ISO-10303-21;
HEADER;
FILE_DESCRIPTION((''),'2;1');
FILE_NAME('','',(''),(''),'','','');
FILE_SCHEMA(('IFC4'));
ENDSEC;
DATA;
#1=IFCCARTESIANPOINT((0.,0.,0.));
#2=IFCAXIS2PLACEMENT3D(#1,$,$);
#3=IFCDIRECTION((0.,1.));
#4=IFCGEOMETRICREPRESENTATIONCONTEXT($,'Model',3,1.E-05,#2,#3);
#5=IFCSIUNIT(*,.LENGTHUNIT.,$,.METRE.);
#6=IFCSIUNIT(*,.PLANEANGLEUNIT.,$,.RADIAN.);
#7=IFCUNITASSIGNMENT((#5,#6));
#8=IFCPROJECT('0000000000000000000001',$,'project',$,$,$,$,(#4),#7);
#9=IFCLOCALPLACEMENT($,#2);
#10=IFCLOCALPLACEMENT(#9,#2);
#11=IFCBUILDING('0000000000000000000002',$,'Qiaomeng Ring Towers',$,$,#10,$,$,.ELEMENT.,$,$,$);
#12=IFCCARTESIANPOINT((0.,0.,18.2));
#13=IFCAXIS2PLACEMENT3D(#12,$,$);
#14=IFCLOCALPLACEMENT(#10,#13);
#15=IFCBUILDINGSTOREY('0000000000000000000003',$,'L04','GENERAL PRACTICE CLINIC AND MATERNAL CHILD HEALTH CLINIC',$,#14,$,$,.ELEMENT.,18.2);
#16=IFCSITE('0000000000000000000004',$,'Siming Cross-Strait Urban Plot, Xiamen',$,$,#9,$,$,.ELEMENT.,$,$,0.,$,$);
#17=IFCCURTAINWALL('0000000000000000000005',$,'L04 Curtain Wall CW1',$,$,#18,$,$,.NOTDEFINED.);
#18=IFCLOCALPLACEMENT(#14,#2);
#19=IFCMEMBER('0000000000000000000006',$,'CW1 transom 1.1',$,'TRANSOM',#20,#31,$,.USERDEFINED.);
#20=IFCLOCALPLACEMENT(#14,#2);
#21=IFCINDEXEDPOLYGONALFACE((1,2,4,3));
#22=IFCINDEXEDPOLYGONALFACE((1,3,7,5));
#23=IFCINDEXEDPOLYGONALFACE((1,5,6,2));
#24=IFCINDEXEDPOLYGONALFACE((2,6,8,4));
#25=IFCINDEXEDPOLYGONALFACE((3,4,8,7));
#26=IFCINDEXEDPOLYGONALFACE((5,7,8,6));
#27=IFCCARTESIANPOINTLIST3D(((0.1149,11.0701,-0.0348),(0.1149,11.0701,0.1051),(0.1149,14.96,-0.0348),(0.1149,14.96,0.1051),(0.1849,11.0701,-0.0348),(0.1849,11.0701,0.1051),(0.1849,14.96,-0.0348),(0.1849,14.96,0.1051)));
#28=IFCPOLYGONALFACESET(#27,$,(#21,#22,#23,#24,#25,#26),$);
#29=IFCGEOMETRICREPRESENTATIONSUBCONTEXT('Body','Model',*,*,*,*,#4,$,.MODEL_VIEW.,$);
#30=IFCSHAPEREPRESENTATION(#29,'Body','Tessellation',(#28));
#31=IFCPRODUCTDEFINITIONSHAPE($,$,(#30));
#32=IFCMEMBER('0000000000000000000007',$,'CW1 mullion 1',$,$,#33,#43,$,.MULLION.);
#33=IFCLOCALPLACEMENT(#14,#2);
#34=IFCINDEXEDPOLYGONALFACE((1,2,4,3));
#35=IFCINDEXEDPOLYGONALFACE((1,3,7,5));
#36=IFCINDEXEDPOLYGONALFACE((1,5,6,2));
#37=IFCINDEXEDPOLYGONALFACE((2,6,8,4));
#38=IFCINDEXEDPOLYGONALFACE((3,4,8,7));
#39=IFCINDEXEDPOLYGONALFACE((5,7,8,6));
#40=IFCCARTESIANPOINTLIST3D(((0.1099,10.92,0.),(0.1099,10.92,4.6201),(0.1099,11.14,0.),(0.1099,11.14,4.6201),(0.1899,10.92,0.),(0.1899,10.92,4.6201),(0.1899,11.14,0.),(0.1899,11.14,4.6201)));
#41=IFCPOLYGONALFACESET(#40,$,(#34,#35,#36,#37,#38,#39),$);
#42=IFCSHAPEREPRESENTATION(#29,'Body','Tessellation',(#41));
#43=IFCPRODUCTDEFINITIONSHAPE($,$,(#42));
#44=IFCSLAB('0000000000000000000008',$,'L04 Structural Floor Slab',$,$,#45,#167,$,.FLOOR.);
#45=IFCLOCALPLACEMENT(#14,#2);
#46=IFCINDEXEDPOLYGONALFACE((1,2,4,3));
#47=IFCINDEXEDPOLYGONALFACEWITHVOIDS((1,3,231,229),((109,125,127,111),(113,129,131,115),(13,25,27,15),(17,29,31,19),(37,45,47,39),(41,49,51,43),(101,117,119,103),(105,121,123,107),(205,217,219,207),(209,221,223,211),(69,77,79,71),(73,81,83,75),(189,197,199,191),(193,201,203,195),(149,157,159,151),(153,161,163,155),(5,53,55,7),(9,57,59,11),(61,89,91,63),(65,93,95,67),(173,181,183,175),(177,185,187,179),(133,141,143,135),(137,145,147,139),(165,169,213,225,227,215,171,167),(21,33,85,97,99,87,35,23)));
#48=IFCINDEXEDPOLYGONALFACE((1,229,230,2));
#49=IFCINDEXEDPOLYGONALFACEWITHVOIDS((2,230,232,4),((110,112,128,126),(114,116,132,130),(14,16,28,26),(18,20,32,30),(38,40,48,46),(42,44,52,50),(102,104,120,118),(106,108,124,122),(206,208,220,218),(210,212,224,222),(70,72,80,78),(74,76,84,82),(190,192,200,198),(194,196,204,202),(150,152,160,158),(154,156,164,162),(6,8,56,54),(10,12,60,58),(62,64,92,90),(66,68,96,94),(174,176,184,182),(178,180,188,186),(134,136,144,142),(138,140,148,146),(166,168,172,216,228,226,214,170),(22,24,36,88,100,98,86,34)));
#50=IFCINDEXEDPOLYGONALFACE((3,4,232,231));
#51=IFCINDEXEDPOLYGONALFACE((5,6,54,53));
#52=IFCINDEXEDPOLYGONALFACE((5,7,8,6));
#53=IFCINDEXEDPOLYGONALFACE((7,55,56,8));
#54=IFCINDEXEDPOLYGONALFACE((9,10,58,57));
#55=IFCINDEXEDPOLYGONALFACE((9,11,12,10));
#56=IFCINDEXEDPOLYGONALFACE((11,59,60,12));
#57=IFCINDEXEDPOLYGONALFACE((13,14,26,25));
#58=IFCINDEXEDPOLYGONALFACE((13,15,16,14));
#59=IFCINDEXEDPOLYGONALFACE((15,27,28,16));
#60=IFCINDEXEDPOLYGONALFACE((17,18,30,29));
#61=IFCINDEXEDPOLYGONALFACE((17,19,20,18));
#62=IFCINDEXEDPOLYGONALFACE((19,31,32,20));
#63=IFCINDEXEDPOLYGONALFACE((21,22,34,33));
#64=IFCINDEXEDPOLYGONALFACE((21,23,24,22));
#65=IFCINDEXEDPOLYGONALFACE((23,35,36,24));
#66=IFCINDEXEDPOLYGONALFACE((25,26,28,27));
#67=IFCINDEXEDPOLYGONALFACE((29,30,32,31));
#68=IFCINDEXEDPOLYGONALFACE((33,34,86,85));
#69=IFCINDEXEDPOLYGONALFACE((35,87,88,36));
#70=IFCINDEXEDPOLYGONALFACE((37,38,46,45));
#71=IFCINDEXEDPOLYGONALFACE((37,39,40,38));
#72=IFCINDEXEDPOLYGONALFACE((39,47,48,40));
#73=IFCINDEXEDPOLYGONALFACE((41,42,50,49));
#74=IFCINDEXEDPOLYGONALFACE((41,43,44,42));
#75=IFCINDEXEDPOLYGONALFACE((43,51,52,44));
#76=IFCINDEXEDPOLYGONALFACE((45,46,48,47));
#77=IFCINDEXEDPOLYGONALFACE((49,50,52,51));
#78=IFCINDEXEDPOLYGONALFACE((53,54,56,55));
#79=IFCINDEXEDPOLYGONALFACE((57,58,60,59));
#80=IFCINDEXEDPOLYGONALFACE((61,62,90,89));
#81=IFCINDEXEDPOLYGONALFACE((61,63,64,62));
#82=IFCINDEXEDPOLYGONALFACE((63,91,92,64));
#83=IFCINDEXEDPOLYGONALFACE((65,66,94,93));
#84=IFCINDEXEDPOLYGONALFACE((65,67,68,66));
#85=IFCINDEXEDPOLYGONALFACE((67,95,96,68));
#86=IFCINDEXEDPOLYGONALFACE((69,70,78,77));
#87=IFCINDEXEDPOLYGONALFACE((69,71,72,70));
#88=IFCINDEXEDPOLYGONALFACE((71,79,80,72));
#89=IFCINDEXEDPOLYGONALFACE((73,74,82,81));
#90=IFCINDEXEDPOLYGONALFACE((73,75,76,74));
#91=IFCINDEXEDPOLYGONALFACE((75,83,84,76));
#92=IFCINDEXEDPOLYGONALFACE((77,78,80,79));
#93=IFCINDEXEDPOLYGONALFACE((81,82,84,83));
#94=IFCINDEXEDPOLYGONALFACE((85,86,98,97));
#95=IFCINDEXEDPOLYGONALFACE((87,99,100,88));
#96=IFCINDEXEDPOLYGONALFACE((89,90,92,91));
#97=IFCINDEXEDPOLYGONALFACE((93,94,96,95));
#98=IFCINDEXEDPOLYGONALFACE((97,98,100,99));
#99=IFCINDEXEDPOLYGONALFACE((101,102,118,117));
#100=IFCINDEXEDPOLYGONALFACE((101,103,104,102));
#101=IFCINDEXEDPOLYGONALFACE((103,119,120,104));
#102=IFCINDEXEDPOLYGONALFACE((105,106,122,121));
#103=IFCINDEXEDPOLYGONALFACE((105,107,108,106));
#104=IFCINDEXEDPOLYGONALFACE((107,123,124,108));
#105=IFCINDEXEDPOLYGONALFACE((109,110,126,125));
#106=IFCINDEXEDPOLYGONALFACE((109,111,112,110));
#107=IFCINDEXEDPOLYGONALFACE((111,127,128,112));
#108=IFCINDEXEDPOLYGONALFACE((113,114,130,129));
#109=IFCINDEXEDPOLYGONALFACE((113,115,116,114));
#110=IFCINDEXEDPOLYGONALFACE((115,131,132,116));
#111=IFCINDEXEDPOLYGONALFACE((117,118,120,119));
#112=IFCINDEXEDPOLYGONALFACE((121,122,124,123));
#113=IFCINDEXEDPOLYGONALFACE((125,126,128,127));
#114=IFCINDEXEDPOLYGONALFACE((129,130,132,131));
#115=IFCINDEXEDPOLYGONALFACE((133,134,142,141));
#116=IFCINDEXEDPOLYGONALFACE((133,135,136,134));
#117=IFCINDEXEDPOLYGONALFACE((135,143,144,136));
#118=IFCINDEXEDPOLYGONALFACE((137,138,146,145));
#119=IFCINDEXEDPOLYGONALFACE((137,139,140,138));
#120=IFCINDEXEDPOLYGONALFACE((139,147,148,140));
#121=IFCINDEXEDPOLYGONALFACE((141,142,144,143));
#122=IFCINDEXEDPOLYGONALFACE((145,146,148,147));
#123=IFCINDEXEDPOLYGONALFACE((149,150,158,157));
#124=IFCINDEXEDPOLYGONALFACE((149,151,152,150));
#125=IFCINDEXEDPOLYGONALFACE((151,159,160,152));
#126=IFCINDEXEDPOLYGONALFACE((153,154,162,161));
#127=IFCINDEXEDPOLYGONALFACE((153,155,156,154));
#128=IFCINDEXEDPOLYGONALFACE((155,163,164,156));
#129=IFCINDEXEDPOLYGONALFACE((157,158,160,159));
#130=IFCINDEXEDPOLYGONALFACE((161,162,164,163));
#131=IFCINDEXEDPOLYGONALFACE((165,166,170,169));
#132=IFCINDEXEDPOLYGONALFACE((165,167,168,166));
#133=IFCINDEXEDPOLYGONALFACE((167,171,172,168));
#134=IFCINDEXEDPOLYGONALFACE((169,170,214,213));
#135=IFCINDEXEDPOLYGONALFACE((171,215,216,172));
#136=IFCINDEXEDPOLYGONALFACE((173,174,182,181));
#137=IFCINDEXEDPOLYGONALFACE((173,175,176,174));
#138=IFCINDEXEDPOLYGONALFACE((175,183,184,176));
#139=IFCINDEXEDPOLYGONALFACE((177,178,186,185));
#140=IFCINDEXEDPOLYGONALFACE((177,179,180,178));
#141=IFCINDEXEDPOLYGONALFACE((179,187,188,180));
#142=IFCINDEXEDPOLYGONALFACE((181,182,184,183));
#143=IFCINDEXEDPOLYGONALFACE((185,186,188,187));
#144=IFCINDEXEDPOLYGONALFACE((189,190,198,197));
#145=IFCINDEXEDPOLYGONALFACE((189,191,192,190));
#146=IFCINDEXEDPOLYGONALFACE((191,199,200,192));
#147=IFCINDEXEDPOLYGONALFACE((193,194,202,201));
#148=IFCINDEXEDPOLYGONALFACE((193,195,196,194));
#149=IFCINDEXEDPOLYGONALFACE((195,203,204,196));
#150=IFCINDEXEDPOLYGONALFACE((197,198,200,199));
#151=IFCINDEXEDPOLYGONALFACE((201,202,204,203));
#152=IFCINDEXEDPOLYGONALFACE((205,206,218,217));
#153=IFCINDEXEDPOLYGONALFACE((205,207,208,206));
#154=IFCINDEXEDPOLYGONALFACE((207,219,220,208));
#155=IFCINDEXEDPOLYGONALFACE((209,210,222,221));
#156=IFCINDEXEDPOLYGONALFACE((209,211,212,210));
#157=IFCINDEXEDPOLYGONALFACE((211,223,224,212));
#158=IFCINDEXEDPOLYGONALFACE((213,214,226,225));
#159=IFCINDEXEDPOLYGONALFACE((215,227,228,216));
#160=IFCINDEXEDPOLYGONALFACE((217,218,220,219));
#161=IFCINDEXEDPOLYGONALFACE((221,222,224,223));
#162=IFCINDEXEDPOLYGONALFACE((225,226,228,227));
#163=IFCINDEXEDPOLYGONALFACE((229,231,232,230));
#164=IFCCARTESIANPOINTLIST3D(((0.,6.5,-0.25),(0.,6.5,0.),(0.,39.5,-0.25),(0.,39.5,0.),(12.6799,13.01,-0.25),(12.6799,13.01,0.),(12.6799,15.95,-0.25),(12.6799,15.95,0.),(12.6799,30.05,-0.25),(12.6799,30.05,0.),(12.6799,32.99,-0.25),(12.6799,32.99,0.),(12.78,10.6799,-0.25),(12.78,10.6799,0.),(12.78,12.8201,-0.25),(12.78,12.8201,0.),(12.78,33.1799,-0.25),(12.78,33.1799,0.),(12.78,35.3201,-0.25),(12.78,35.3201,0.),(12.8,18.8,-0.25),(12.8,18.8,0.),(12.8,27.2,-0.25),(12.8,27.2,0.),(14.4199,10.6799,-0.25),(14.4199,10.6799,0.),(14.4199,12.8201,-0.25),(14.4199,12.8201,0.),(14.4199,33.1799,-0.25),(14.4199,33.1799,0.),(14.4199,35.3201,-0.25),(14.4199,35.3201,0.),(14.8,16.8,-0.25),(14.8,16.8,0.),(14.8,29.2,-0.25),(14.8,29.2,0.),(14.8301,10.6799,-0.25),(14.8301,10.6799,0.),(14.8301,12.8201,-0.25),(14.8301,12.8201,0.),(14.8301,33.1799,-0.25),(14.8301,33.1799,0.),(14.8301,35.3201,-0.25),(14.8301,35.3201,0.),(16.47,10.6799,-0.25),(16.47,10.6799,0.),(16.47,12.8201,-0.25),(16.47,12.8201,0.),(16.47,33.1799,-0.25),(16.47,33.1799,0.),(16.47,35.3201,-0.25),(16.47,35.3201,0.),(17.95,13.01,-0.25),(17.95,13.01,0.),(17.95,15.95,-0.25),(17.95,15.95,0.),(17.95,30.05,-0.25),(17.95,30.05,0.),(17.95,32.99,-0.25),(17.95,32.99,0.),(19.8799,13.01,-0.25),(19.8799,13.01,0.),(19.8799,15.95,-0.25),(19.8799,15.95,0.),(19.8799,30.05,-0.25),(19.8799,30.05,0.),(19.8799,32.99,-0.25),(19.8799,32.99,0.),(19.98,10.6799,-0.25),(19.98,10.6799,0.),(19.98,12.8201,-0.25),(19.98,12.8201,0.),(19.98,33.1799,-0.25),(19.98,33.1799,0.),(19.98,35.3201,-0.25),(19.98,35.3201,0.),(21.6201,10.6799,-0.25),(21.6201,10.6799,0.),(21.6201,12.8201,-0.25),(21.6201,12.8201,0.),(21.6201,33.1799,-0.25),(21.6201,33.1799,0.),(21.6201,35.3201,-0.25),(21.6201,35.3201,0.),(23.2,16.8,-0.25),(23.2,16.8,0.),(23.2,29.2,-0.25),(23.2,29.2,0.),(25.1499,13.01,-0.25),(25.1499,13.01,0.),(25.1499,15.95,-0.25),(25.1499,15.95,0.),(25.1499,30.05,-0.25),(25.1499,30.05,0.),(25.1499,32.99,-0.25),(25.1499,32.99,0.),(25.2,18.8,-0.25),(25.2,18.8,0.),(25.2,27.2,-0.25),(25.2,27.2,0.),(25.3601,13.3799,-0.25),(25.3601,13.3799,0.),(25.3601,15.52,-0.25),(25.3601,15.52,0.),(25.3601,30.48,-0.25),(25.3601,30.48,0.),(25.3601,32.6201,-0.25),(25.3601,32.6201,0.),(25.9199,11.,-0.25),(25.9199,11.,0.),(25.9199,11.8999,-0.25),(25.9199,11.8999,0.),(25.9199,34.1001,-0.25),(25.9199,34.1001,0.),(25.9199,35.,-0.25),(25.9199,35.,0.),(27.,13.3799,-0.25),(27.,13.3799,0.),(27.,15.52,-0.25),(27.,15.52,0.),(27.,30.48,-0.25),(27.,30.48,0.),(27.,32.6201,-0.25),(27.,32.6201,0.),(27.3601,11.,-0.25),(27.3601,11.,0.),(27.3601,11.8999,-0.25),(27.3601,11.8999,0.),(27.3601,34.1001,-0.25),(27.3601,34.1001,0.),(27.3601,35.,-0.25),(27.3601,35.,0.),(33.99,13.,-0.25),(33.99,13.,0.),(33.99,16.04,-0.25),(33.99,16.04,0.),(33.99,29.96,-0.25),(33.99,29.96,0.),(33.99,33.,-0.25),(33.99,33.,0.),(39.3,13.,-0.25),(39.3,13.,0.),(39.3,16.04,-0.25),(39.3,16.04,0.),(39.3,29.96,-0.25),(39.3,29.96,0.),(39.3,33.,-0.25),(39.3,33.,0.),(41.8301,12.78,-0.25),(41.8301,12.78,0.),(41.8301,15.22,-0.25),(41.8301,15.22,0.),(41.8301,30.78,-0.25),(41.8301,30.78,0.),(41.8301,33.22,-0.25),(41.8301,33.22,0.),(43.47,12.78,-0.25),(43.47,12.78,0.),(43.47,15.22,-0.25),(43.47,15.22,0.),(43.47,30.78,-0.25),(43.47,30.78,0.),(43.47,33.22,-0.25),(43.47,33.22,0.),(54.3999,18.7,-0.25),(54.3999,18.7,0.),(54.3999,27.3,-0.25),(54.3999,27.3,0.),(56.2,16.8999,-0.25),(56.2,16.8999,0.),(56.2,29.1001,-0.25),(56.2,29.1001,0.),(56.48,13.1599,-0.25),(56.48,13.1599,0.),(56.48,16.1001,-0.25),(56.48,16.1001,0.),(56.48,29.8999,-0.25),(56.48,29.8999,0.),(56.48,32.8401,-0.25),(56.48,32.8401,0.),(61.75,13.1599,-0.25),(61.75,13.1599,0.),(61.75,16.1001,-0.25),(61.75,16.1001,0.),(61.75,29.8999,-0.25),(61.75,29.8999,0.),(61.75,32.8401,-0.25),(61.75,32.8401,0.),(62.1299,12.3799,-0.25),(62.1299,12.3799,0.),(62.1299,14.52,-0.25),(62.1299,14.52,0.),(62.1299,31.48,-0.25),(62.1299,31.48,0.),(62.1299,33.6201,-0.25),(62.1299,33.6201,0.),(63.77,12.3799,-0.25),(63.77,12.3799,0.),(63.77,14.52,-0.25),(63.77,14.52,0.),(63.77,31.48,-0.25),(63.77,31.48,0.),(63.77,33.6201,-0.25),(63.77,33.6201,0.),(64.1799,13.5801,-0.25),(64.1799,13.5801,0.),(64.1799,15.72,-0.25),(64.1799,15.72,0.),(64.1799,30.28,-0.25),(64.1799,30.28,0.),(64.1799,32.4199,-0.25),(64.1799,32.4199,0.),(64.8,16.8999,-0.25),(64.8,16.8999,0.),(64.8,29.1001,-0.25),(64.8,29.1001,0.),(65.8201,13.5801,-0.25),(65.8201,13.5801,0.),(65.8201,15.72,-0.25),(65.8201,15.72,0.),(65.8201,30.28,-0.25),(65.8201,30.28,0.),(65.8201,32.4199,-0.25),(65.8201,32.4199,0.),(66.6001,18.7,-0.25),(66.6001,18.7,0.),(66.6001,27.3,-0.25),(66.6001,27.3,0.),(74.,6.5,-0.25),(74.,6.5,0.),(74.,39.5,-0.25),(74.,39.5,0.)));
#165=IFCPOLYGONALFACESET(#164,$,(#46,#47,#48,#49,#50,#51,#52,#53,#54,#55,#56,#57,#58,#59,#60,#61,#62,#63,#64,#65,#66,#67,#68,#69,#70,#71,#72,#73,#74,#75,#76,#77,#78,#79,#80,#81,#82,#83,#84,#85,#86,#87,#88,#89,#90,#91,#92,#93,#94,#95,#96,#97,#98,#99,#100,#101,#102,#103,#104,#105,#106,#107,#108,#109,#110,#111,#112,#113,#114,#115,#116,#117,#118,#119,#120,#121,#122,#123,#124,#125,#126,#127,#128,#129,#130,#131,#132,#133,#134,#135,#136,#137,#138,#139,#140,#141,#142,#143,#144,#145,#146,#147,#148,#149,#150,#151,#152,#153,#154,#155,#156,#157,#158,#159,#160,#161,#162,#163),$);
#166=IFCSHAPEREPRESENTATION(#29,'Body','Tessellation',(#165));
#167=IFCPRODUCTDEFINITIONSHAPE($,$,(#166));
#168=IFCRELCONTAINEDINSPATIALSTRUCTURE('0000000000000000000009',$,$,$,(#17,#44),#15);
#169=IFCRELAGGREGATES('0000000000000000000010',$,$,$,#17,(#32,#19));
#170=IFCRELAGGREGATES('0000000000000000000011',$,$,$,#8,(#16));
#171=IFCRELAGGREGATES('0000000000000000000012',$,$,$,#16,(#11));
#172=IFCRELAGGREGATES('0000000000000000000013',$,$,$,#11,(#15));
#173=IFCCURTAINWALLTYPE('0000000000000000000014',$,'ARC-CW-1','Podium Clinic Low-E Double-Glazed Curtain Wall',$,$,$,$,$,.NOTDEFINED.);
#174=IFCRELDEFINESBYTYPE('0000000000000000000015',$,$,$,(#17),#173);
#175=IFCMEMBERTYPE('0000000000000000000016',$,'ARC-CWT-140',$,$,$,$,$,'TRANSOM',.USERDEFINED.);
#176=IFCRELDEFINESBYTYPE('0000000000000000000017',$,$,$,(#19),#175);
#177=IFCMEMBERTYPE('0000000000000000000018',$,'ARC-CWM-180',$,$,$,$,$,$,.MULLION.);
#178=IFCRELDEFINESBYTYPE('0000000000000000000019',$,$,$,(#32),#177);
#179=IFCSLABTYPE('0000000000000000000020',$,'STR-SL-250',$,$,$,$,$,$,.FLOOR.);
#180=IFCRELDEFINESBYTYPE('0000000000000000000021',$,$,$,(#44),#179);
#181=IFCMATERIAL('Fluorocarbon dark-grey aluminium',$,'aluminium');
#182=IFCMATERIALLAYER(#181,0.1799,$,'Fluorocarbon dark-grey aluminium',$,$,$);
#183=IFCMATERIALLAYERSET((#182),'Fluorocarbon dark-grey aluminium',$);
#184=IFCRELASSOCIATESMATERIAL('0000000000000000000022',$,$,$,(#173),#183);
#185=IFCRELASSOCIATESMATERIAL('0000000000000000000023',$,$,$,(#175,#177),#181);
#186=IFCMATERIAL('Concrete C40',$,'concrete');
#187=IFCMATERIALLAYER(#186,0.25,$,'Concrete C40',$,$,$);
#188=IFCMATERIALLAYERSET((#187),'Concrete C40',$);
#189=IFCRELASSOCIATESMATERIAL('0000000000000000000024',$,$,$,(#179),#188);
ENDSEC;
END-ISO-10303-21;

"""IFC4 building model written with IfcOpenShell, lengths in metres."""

from ifc_helpers import new_model, si_unit, direction, frame, origin, origin_2d, place, context, subcontext, project, spatial, polyline, rectangle, outline, extrude, source, transform, mapped, material, layer, layer_set, material_profile, profile_set, type_object, element, aggregate, save


model = new_model("IFC4")

# Units and contexts
model_context = context("Model", 3, precision=1e-05, world=origin(), true_north=direction((0.0, 1.0)))
body_context = subcontext(model_context, "Body", "Model", "MODEL_VIEW")
ifc_project = project(units=[si_unit("LENGTHUNIT", "METRE"), si_unit("PLANEANGLEUNIT", "RADIAN")], contexts=[model_context])

# Site, building, storey
site_placement = place(None, origin())
site = spatial("IfcSite", under=ifc_project, at=site_placement, Name="Siming Cross-Strait Urban Plot, Xiamen", CompositionType="ELEMENT", RefElevation=0.0)
building_placement = place(site_placement, origin())
building = spatial("IfcBuilding", under=site, at=building_placement, Name="Qiaomeng Ring Towers", CompositionType="ELEMENT")
storey_placement = place(building_placement, frame((0.0, 0.0, 18.2)))
storey = spatial("IfcBuildingStorey", under=building, at=storey_placement, Name="L04", Description="GENERAL PRACTICE CLINIC AND MATERNAL CHILD HEALTH CLINIC", CompositionType="ELEMENT", Elevation=18.2)

# Curtain wall, members
ifc_material_1 = material(Name="Fluorocarbon dark-grey aluminium", Category="aluminium")
ifc_layer_1 = layer(ifc_material_1, 0.1799, Name="Fluorocarbon dark-grey aluminium")
ifc_layer_set_1 = layer_set([ifc_layer_1], Name="Fluorocarbon dark-grey aluminium")
curtain_wall_type = type_object("IfcCurtainWallType", Name="ARC-CW-1", Description="Podium Clinic Low-E Double-Glazed Curtain Wall", PredefinedType="NOTDEFINED", material=ifc_layer_set_1)
curtain_wall_placement = place(storey_placement, origin())
curtain_wall = element("IfcCurtainWall", 1, at=curtain_wall_placement, inside=storey, type_object=curtain_wall_type, Name="L04 Curtain Wall CW1", PredefinedType="NOTDEFINED")
ifc_material_profile_1 = material_profile(ifc_material_1, rectangle(XDim=0.0701, YDim=0.1399, at=origin_2d()), Name="ALU TRAN 70x140")
ifc_profile_set_1 = profile_set([ifc_material_profile_1], Name="Fluorocarbon dark-grey aluminium")
member_type_1 = type_object("IfcMemberType", Name="ARC-CWT-140", ElementType="TRANSOM", PredefinedType="USERDEFINED", material=ifc_profile_set_1)
shared_shape_1 = source(origin(), body_context, "Body", "SweptSolid", [
    extrude(rectangle(XDim=0.0701, YDim=0.1399, at=origin_2d()), origin(), (0.0, 0.0, 1.0), 3.8899),
])
member_1_placement = place(storey_placement, frame((0.1499, 11.0701, 0.0352), z_axis=(0.0, 1.0, 0.0), x_axis=(-1.0, 0.0, 0.0)))
member_1 = element("IfcMember", 2, at=member_1_placement, type_object=member_type_1, Name="CW1 transom 1.1", ObjectType="TRANSOM", PredefinedType="USERDEFINED", context=body_context, shape_type="MappedRepresentation", body=[
    mapped(shared_shape_1, transform((0.0, 0.0, 0.0), x_axis=(1.0, 0.0, 0.0), y_axis=(0.0, 1.0, 0.0), z_axis=(0.0, 0.0, 1.0), scale=1.0)),
])
ifc_material_profile_2 = material_profile(ifc_material_1, rectangle(XDim=0.0801, YDim=0.22, at=origin_2d()), Name="ALU MULL 80x220")
ifc_profile_set_2 = profile_set([ifc_material_profile_2], Name="Fluorocarbon dark-grey aluminium")
member_type_2 = type_object("IfcMemberType", Name="ARC-CWM-180", PredefinedType="MULLION", material=ifc_profile_set_2)
shared_shape_2 = source(origin(), body_context, "Body", "SweptSolid", [
    extrude(rectangle(XDim=0.0801, YDim=0.22, at=origin_2d()), origin(), (0.0, 0.0, 1.0), 4.6201),
])
member_2_placement = place(storey_placement, frame((0.1499, 11.03, 0.0), z_axis=(0.0, 0.0, 1.0), x_axis=(-1.0, 0.0, 0.0)))
member_2 = element("IfcMember", 3, at=member_2_placement, type_object=member_type_2, Name="CW1 mullion 1", PredefinedType="MULLION", context=body_context, shape_type="MappedRepresentation", body=[
    mapped(shared_shape_2, transform((0.0, 0.0, 0.0), x_axis=(1.0, 0.0, 0.0), y_axis=(0.0, 1.0, 0.0), z_axis=(0.0, 0.0, 1.0), scale=1.0)),
])
aggregate(curtain_wall, [member_2, member_1])

# Slab
ifc_material_2 = material(Name="Concrete C40", Category="concrete")
ifc_layer_2 = layer(ifc_material_2, 0.25, Name="Concrete C40")
ifc_layer_set_2 = layer_set([ifc_layer_2], Name="Concrete C40")
slab_type_1 = type_object("IfcSlabType", Name="STR-SL-250", PredefinedType="FLOOR", material=ifc_layer_set_2)
slab_1_placement = place(storey_placement, frame((0.0, 0.0, -0.25)))
element("IfcSlab", 4, at=slab_1_placement, inside=storey, type_object=slab_type_1, Name="L04 Structural Floor Slab", PredefinedType="FLOOR", context=body_context, shape_type="SweptSolid", body=[
    extrude(outline(polyline([(0.0, 6.5), (74.0, 6.5), (74.0, 39.5), (0.0, 39.5), (0.0, 6.5)]), holes=[polyline([(12.78, 12.8201), (14.4199, 12.8201), (14.4199, 10.6799), (12.78, 10.6799), (12.78, 12.8201)]), polyline([(16.47, 12.8201), (16.47, 10.6799), (14.8301, 10.6799), (14.8301, 12.8201), (16.47, 12.8201)]), polyline([(21.6201, 12.8201), (21.6201, 10.6799), (19.98, 10.6799), (19.98, 12.8201), (21.6201, 12.8201)]), polyline([(27.0, 15.52), (27.0, 13.3799), (25.3601, 13.3799), (25.3601, 15.52), (27.0, 15.52)]), polyline([(17.95, 15.95), (17.95, 13.01), (12.6799, 13.01), (12.6799, 15.95), (17.95, 15.95)]), polyline([(25.1499, 15.95), (25.1499, 13.01), (19.8799, 13.01), (19.8799, 15.95), (25.1499, 15.95)]), polyline([(25.2, 18.8), (23.2, 16.8), (14.8, 16.8), (12.8, 18.8), (12.8, 27.2), (14.8, 29.2), (23.2, 29.2), (25.2, 27.2), (25.2, 18.8)]), polyline([(12.6799, 32.99), (17.95, 32.99), (17.95, 30.05), (12.6799, 30.05), (12.6799, 32.99)]), polyline([(25.1499, 32.99), (25.1499, 30.05), (19.8799, 30.05), (19.8799, 32.99), (25.1499, 32.99)]), polyline([(27.0, 32.6201), (27.0, 30.48), (25.3601, 30.48), (25.3601, 32.6201), (27.0, 32.6201)]), polyline([(14.4199, 35.3201), (14.4199, 33.1799), (12.78, 33.1799), (12.78, 35.3201), (14.4199, 35.3201)]), polyline([(16.47, 35.3201), (16.47, 33.1799), (14.8301, 33.1799), (14.8301, 35.3201), (16.47, 35.3201)]), polyline([(21.6201, 35.3201), (21.6201, 33.1799), (19.98, 33.1799), (19.98, 35.3201), (21.6201, 35.3201)]), polyline([(27.3601, 35.0), (27.3601, 34.1001), (25.9199, 34.1001), (25.9199, 35.0), (27.3601, 35.0)]), polyline([(25.9199, 11.8999), (27.3601, 11.8999), (27.3601, 11.0), (25.9199, 11.0), (25.9199, 11.8999)]), polyline([(63.77, 14.52), (63.77, 12.3799), (62.1299, 12.3799), (62.1299, 14.52), (63.77, 14.52)]), polyline([(43.47, 15.22), (43.47, 12.78), (41.8301, 12.78), (41.8301, 15.22), (43.47, 15.22)]), polyline([(39.3, 16.04), (39.3, 13.0), (33.99, 13.0), (33.99, 16.04), (39.3, 16.04)]), polyline([(61.75, 16.1001), (61.75, 13.1599), (56.48, 13.1599), (56.48, 16.1001), (61.75, 16.1001)]), polyline([(65.8201, 15.72), (65.8201, 13.5801), (64.1799, 13.5801), (64.1799, 15.72), (65.8201, 15.72)]), polyline([(66.6001, 27.3), (66.6001, 18.7), (64.8, 16.8999), (56.2, 16.8999), (54.3999, 18.7), (54.3999, 27.3), (56.2, 29.1001), (64.8, 29.1001), (66.6001, 27.3)]), polyline([(65.8201, 32.4199), (65.8201, 30.28), (64.1799, 30.28), (64.1799, 32.4199), (65.8201, 32.4199)]), polyline([(61.75, 32.8401), (61.75, 29.8999), (56.48, 29.8999), (56.48, 32.8401), (61.75, 32.8401)]), polyline([(39.3, 33.0), (39.3, 29.96), (33.99, 29.96), (33.99, 33.0), (39.3, 33.0)]), polyline([(43.47, 33.22), (43.47, 30.78), (41.8301, 30.78), (41.8301, 33.22), (43.47, 33.22)]), polyline([(63.77, 33.6201), (63.77, 31.48), (62.1299, 31.48), (62.1299, 33.6201), (63.77, 33.6201)])]), origin(), (0.0, 0.0, 1.0), 0.25),
])

save(model, "model.ifc")
